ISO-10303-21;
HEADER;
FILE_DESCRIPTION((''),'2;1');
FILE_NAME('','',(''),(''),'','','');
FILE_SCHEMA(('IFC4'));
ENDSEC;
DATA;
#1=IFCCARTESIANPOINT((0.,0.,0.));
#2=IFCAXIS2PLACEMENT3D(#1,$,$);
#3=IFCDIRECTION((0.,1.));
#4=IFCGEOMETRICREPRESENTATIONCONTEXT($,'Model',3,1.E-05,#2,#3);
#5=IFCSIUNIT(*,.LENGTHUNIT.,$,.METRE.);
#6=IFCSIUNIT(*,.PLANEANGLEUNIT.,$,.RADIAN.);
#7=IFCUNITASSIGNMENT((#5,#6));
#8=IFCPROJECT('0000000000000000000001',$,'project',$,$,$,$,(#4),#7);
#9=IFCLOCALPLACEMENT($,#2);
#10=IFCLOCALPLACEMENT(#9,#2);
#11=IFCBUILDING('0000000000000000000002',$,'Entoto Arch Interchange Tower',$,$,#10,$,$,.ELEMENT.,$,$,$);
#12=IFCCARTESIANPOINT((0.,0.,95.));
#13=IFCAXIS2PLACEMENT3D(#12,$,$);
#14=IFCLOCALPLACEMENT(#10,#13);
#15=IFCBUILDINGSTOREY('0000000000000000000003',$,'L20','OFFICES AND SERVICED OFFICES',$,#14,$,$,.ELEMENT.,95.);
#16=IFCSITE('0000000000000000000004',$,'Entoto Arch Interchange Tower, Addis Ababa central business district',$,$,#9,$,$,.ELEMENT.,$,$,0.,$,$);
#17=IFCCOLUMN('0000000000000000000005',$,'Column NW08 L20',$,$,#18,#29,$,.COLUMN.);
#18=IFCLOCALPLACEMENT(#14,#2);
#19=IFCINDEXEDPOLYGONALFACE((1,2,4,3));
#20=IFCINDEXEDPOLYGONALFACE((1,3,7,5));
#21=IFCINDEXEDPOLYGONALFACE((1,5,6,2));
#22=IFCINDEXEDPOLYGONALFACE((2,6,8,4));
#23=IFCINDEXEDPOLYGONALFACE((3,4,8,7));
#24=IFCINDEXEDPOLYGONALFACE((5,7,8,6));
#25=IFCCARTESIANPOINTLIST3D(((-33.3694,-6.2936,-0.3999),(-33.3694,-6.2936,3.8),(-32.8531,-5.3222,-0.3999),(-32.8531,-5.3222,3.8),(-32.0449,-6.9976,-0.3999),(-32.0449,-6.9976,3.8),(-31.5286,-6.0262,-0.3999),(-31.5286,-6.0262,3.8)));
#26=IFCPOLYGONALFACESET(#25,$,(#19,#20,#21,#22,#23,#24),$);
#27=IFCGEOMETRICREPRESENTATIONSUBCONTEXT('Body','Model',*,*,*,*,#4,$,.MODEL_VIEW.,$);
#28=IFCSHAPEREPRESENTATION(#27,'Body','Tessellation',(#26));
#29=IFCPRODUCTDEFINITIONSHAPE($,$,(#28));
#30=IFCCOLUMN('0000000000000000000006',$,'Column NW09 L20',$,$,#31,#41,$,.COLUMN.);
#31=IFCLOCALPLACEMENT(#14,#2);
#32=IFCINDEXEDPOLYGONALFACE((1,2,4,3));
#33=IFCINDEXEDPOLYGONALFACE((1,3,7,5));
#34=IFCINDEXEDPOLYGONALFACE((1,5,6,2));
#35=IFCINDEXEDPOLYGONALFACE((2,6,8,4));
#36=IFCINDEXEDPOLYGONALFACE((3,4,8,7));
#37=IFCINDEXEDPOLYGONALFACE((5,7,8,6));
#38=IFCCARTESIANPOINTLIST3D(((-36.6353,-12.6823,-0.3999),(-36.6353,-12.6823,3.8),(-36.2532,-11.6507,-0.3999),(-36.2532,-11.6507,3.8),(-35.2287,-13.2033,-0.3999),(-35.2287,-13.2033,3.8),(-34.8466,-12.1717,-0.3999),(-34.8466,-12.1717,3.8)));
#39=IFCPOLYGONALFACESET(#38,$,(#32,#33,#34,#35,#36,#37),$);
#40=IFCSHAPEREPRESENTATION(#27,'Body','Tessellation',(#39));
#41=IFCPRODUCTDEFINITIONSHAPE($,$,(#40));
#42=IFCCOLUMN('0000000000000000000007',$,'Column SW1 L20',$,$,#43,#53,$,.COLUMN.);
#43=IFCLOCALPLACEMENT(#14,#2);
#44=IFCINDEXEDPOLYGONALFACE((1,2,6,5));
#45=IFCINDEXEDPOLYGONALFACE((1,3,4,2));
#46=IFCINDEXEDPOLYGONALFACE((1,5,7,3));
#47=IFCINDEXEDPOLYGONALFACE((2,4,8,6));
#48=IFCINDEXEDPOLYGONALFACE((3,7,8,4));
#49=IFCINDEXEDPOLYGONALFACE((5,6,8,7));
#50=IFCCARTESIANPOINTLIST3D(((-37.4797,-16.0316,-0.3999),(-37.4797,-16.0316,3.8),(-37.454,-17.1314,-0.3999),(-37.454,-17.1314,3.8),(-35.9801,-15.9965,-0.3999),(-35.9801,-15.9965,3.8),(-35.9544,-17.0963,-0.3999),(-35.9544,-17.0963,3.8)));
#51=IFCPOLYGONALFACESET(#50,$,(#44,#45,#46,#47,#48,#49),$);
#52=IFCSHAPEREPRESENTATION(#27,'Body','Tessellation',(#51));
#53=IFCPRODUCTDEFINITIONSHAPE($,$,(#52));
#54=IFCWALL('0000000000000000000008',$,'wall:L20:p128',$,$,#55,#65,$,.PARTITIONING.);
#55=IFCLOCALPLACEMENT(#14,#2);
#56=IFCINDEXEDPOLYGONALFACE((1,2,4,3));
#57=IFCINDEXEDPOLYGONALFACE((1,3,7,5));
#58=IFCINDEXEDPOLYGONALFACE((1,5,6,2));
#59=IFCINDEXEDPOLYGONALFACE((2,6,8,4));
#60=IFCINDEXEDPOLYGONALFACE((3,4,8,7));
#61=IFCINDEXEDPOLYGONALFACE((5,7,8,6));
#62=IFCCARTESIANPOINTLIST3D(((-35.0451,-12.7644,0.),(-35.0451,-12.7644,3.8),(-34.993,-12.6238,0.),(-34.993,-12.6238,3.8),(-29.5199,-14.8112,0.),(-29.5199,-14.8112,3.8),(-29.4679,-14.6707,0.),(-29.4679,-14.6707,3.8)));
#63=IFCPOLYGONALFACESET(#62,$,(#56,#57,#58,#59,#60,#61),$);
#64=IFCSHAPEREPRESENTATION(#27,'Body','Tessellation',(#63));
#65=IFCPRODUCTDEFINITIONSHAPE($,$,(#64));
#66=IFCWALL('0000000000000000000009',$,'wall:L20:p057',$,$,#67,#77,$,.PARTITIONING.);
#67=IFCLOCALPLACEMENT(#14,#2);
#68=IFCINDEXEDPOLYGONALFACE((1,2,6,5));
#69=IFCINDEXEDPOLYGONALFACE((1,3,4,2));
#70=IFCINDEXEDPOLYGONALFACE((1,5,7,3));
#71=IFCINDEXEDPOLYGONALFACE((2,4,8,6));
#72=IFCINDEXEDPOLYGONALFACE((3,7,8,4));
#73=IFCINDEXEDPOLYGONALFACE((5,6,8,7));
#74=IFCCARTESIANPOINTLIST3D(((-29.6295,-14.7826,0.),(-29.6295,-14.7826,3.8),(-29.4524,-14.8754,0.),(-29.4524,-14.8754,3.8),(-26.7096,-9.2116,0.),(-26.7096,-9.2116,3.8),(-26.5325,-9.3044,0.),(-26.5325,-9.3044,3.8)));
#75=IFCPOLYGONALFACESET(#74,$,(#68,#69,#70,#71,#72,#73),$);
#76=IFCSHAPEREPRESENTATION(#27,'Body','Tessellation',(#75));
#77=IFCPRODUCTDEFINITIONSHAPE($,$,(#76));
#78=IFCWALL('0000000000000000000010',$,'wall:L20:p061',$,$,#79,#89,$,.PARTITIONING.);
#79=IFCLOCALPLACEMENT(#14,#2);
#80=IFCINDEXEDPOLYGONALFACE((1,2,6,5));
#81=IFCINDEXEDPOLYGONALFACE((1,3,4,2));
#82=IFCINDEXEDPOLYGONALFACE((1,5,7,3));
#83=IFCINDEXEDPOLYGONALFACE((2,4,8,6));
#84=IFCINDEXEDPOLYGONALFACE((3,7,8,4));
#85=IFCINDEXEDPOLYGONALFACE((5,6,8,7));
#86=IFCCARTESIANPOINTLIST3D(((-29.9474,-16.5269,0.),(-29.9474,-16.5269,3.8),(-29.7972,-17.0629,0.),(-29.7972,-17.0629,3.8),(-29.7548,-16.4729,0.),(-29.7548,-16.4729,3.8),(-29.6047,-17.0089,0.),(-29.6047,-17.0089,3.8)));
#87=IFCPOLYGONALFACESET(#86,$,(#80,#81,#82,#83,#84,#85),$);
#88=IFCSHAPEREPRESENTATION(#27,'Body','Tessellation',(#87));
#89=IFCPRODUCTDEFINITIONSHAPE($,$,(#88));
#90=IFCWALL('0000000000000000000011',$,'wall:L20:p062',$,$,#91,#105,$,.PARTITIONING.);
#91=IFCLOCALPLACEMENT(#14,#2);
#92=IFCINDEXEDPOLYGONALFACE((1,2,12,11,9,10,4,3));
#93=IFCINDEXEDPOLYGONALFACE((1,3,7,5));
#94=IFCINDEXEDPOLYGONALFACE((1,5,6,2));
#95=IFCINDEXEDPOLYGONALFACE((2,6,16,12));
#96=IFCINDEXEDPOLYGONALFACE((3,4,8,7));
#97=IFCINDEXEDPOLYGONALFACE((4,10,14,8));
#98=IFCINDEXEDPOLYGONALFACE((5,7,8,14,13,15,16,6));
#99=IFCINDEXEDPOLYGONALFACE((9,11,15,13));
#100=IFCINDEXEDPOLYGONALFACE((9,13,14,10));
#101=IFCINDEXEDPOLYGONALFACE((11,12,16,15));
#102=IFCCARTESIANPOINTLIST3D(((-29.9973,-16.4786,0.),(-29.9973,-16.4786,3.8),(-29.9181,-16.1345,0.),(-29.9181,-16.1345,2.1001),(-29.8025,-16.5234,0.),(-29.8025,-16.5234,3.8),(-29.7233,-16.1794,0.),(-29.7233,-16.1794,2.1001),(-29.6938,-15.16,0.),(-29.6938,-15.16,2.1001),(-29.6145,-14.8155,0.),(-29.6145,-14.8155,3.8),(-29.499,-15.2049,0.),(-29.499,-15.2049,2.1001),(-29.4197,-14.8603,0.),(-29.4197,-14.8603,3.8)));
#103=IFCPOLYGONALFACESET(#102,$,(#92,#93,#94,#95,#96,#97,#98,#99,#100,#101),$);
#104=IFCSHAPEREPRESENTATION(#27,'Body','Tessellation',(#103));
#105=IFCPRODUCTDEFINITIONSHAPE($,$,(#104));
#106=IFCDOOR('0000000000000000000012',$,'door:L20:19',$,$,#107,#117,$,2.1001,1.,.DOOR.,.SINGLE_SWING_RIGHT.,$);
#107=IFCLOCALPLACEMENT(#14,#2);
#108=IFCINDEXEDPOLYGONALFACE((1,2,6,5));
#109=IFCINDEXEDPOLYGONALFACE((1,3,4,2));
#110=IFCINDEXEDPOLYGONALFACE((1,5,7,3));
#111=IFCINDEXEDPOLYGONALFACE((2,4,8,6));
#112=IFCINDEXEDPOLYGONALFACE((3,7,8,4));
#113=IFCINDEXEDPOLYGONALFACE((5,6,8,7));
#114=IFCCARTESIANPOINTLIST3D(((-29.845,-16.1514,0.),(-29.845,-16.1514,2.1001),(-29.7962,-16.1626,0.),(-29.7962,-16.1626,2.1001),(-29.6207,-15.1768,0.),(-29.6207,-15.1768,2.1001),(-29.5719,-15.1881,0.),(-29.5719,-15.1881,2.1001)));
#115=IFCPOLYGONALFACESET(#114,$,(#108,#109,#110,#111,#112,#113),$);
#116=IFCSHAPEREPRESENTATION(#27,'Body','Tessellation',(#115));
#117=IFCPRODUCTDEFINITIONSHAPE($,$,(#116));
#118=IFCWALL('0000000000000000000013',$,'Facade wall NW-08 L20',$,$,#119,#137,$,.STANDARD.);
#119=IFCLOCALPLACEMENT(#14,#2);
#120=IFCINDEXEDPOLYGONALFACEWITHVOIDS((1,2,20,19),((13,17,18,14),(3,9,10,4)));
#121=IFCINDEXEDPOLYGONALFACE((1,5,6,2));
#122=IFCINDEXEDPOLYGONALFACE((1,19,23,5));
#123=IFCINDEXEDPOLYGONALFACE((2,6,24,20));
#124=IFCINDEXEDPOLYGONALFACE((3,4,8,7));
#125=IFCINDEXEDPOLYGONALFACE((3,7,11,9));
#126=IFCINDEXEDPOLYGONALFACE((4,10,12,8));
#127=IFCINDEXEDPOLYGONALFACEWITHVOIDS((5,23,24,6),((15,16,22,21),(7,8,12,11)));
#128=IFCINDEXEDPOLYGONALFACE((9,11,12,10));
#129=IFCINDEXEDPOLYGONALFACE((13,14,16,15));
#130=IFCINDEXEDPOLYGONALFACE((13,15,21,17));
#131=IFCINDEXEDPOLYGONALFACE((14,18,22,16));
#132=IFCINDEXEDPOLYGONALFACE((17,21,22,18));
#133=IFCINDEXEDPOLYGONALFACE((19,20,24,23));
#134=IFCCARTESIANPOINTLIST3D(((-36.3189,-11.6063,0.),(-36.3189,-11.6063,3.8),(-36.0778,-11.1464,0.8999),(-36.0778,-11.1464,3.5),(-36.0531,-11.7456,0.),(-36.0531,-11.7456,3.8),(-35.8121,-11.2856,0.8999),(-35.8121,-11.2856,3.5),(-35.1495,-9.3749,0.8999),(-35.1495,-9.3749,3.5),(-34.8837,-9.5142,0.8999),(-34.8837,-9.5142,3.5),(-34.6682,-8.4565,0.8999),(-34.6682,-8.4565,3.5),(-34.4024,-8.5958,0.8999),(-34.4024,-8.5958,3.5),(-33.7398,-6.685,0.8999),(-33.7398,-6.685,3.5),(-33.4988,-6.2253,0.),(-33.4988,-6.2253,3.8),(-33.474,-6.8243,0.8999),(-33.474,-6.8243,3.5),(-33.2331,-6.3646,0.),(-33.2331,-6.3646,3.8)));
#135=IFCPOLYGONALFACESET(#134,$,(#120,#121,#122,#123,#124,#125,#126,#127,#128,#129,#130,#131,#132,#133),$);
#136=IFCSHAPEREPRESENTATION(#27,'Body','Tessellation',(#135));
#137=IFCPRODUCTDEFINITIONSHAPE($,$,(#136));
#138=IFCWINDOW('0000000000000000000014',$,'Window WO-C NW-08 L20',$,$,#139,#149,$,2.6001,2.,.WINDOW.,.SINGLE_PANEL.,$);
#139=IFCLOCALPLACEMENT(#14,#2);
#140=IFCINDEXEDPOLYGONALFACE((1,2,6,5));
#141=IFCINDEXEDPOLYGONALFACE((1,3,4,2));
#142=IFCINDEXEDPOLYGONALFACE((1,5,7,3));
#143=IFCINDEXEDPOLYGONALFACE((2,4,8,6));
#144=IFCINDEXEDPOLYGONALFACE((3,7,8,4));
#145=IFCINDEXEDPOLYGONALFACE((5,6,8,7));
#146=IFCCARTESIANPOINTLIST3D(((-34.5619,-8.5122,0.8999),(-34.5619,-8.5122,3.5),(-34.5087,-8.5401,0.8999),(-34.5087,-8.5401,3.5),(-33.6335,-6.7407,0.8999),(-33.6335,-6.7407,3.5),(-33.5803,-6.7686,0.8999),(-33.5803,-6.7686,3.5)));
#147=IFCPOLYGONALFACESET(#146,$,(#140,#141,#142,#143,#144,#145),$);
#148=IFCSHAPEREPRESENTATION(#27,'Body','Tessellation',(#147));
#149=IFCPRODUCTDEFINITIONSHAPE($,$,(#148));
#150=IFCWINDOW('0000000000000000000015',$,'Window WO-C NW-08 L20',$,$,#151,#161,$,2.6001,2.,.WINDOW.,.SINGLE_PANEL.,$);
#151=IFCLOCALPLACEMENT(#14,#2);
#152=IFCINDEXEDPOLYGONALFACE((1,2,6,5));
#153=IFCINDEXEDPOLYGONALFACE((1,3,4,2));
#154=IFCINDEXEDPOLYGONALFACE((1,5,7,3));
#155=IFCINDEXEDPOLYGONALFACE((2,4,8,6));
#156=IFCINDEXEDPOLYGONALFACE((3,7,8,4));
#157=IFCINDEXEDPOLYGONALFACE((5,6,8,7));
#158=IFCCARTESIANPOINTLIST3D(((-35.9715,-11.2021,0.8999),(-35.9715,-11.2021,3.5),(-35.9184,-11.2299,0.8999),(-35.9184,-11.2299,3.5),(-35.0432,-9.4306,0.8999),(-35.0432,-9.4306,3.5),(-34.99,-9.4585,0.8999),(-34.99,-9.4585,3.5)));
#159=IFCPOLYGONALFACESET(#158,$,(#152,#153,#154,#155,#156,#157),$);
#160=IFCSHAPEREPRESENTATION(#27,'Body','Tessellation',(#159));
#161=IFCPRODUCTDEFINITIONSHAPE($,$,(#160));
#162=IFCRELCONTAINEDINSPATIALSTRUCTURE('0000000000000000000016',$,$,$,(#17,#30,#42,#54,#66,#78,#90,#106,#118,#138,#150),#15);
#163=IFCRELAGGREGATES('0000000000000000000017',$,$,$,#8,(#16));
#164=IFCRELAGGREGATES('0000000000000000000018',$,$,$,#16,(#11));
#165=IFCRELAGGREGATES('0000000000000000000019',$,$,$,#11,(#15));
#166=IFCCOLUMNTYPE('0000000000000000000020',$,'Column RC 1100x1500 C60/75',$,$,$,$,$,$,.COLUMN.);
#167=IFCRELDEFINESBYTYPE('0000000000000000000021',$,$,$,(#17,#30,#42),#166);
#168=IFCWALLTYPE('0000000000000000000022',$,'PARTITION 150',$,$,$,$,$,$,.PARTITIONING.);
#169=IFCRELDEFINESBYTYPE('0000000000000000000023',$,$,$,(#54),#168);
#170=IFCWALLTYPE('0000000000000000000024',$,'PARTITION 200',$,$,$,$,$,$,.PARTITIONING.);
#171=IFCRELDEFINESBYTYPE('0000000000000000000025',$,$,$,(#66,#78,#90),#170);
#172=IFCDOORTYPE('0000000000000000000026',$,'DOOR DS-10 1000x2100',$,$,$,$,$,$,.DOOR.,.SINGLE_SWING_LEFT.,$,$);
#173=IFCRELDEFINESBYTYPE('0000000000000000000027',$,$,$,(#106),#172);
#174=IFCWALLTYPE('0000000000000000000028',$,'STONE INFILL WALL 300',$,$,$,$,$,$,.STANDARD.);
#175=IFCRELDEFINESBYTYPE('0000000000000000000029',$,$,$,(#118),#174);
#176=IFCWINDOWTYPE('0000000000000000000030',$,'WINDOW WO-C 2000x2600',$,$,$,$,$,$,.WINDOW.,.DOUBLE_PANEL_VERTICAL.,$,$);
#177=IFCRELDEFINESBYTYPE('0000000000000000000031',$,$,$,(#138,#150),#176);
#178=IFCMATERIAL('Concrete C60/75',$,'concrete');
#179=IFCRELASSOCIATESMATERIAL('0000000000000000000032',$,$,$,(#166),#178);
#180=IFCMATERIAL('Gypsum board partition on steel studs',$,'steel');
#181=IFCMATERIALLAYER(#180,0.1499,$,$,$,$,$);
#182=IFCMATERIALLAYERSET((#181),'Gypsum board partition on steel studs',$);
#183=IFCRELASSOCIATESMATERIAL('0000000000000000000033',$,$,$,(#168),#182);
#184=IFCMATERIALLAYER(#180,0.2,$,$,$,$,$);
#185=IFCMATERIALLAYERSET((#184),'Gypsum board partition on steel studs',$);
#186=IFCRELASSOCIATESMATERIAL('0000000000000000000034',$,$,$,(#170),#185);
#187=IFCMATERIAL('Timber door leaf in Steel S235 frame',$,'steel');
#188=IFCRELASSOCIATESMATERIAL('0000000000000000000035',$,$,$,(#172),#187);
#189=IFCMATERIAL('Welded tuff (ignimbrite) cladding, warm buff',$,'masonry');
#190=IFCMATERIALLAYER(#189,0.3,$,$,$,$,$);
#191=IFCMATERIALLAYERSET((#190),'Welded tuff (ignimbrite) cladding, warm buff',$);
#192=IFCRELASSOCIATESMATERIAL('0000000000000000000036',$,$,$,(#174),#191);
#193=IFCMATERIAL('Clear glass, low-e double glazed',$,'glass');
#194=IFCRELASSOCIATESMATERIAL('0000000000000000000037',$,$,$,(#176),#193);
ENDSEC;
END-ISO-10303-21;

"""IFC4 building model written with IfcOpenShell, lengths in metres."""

from ifc_helpers import new_model, si_unit, direction, frame, frame_2d, origin, origin_2d, place, context, subcontext, project, spatial, rectangle, extrude, material, layer, layer_set, material_profile, profile_set, type_object, element, fill, save


model = new_model("IFC4")

# Units and contexts
model_context = context("Model", 3, precision=1e-05, world=origin(), true_north=direction((0.0, 1.0)))
body_context = subcontext(model_context, "Body", "Model", "MODEL_VIEW")
ifc_project = project(units=[si_unit("LENGTHUNIT", "METRE"), si_unit("PLANEANGLEUNIT", "RADIAN")], contexts=[model_context])

# Site, building, storey
site_placement = place(None, origin())
site = spatial("IfcSite", under=ifc_project, at=site_placement, Name="Entoto Arch Interchange Tower, Addis Ababa central business district", CompositionType="ELEMENT", RefElevation=0.0)
building_placement = place(site_placement, origin())
building = spatial("IfcBuilding", under=site, at=building_placement, Name="Entoto Arch Interchange Tower", CompositionType="ELEMENT")
storey_placement = place(building_placement, frame((0.0, 0.0, 95.0)))
storey = spatial("IfcBuildingStorey", under=building, at=storey_placement, Name="L20", Description="OFFICES AND SERVICED OFFICES", CompositionType="ELEMENT", Elevation=95.0)

# Columns
ifc_material_1 = material(Name="Concrete C60/75", Category="concrete")
ifc_material_profile = material_profile(ifc_material_1, rectangle(XDim=1.1001, YDim=1.5, at=origin_2d()))
ifc_profile_set = profile_set([ifc_material_profile], Name="Concrete C60/75")
column_type = type_object("IfcColumnType", Name="Column RC 1100x1500 C60/75", PredefinedType="COLUMN", material=ifc_profile_set)
for number, where, z_axis, x_axis, name in (
    (1, (-32.449, -6.1599, -0.3999), (0.0, 0.0, 1.0), (0.469333, 0.883021, 0.0), "Column NW08 L20"),
    (2, (-35.741, -12.427, -0.3999), (0.0, 0.0, 1.0), (0.347312, 0.93775, 0.0), "Column NW09 L20"),
    (3, (-36.717, -16.564, -0.3999), (0.0, 0.0, 1.0), (-0.023385, 0.999727, 0.0), "Column SW1 L20"),
):
    element("IfcColumn", number, at=place(storey_placement, frame(where, z_axis=z_axis, x_axis=x_axis)), inside=storey, type_object=column_type, Name=name, PredefinedType="COLUMN", context=body_context, shape_type="SweptSolid", body=[
        extrude(rectangle(XDim=1.1001, YDim=1.5, at=origin_2d()), origin(), (0.0, 0.0, 1.0), 4.2),
    ])

# Walls
ifc_material_2 = material(Name="Gypsum board partition on steel studs", Category="steel")
ifc_layer_1 = layer(ifc_material_2, 0.1499)
ifc_layer_set_1 = layer_set([ifc_layer_1], Name="Gypsum board partition on steel studs")
wall_type_1 = type_object("IfcWallType", Name="PARTITION 150", PredefinedType="PARTITIONING", material=ifc_layer_set_1)
wall_1_placement = place(storey_placement, frame((-29.4939, -14.741, 0.0), z_axis=(0.0, 0.0, 1.0), x_axis=(-0.93772, 0.347393, 0.0)))
element("IfcWall", 4, at=wall_1_placement, inside=storey, type_object=wall_type_1, Name="wall:L20:p128", PredefinedType="PARTITIONING", context=body_context, shape_type="SweptSolid", body=[
    extrude(rectangle(XDim=5.8921, YDim=0.1499, at=frame_2d((2.946, 0.0))), origin(), (0.0, 0.0, 1.0), 3.8),
])
ifc_layer_2 = layer(ifc_material_2, 0.2)
ifc_layer_set_2 = layer_set([ifc_layer_2], Name="Gypsum board partition on steel studs")
wall_type_2 = type_object("IfcWallType", Name="PARTITION 200", PredefinedType="PARTITIONING", material=ifc_layer_set_2)
wall_2_placement = place(storey_placement, frame((-29.541, -14.8291, 0.0), z_axis=(0.0, 0.0, 1.0), x_axis=(0.464226, 0.885717, 0.0)))
element("IfcWall", 5, at=wall_2_placement, inside=storey, type_object=wall_type_2, Name="wall:L20:p057", PredefinedType="PARTITIONING", context=body_context, shape_type="SweptSolid", body=[
    extrude(rectangle(XDim=6.2898, YDim=0.2, at=frame_2d((3.145, 0.0))), origin(), (0.0, 0.0, 1.0), 3.8),
])
wall_3_placement = place(storey_placement, frame((-29.7009, -17.0359, 0.0), z_axis=(0.0, 0.0, 1.0), x_axis=(-0.269793, 0.962918, 0.0)))
element("IfcWall", 6, at=wall_3_placement, inside=storey, type_object=wall_type_2, Name="wall:L20:p061", PredefinedType="PARTITIONING", context=body_context, shape_type="SweptSolid", body=[
    extrude(rectangle(XDim=0.5566, YDim=0.2, at=frame_2d((0.2783, 0.0))), origin(), (0.0, 0.0, 1.0), 3.8),
])

# Wall, opening, door
wall_4_placement = place(storey_placement, frame((-29.8999, -16.501, 0.0), z_axis=(0.0, 0.0, 1.0), x_axis=(0.224316, 0.974516, 0.0)))
wall_4 = element("IfcWall", 7, at=wall_4_placement, inside=storey, type_object=wall_type_2, Name="wall:L20:p062", PredefinedType="PARTITIONING", context=body_context, shape_type="SweptSolid", body=[
    extrude(rectangle(XDim=1.7065, YDim=0.2, at=frame_2d((0.8533, 0.0))), origin(), (0.0, 0.0, 1.0), 3.8),
])
opening_1_placement = place(wall_4_placement, frame((0.353, 0.0, 0.0)))
opening_1 = element("IfcOpeningElement", 8, at=opening_1_placement, cuts=wall_4, PredefinedType="OPENING", context=body_context, shape_type="SweptSolid", body=[
    extrude(rectangle(XDim=1.0, YDim=2.1001, at=frame_2d((0.5, 1.05))), frame((0.0, 0.1099, 0.0), z_axis=(0.0, -1.0, 0.0), x_axis=(1.0, 0.0, 0.0)), (0.0, 0.0, 1.0), 0.22),
])
ifc_material_3 = material(Name="Timber door leaf in Steel S235 frame", Category="steel")
door_type = type_object("IfcDoorType", Name="DOOR DS-10 1000x2100", OperationType="SINGLE_SWING_LEFT", PredefinedType="DOOR", material=ifc_material_3)
door_placement = place(opening_1_placement, origin())
door = element("IfcDoor", 9, at=door_placement, inside=storey, type_object=door_type, Name="door:L20:19", OperationType="SINGLE_SWING_RIGHT", OverallHeight=2.1001, OverallWidth=1.0, PredefinedType="DOOR", context=body_context, shape_type="SweptSolid", body=[
    extrude(rectangle(XDim=1.0, YDim=2.1001, at=frame_2d((0.5, 1.05))), frame((0.0, 0.0249, 0.0), z_axis=(0.0, -1.0, 0.0), x_axis=(1.0, 0.0, 0.0)), (0.0, 0.0, 1.0), 0.05),
])
fill(opening_1, door)

# Wall, openings, windows
ifc_material_4 = material(Name="Welded tuff (ignimbrite) cladding, warm buff", Category="masonry")
ifc_layer_3 = layer(ifc_material_4, 0.3)
ifc_layer_set_3 = layer_set([ifc_layer_3], Name="Welded tuff (ignimbrite) cladding, warm buff")
wall_type_3 = type_object("IfcWallType", Name="STONE INFILL WALL 300", PredefinedType="STANDARD", material=ifc_layer_set_3)
wall_5_placement = place(storey_placement, frame((-33.366, -6.2949, 0.0), z_axis=(0.0, 0.0, 1.0), x_axis=(-0.464187, -0.885737, 0.0)))
wall_5 = element("IfcWall", 10, at=wall_5_placement, inside=storey, type_object=wall_type_3, Name="Facade wall NW-08 L20", PredefinedType="STANDARD", context=body_context, shape_type="SweptSolid", body=[
    extrude(rectangle(XDim=6.0752, YDim=0.3, at=frame_2d((3.0376, 0.0))), origin(), (0.0, 0.0, 1.0), 3.8),
])
opening_2_placement = place(wall_5_placement, frame((0.519, 0.0, 0.8999)))
opening_2 = element("IfcOpeningElement", 11, at=opening_2_placement, cuts=wall_5, PredefinedType="OPENING", context=body_context, shape_type="SweptSolid", body=[
    extrude(rectangle(XDim=2.0, YDim=2.6001, at=frame_2d((1.0, 1.3))), frame((0.0, 0.1602, 0.0), z_axis=(0.0, -1.0, 0.0), x_axis=(1.0, 0.0, 0.0)), (0.0, 0.0, 1.0), 0.3201),
])
opening_3_placement = place(wall_5_placement, frame((3.5559, 0.0, 0.8999)))
opening_3 = element("IfcOpeningElement", 12, at=opening_3_placement, cuts=wall_5, PredefinedType="OPENING", context=body_context, shape_type="SweptSolid", body=[
    extrude(rectangle(XDim=2.0, YDim=2.6001, at=frame_2d((1.0, 1.3))), frame((0.0, 0.1602, 0.0), z_axis=(0.0, -1.0, 0.0), x_axis=(1.0, 0.0, 0.0)), (0.0, 0.0, 1.0), 0.3201),
])
ifc_material_5 = material(Name="Clear glass, low-e double glazed", Category="glass")
window_type_1 = type_object("IfcWindowType", Name="WINDOW WO-C 2000x2600", PartitioningType="DOUBLE_PANEL_VERTICAL", PredefinedType="WINDOW", material=ifc_material_5)
window_1_placement = place(opening_2_placement, origin())
window_1 = element("IfcWindow", 13, at=window_1_placement, inside=storey, type_object=window_type_1, Name="Window WO-C NW-08 L20", OverallHeight=2.6001, OverallWidth=2.0, PartitioningType="SINGLE_PANEL", PredefinedType="WINDOW", context=body_context, shape_type="SweptSolid", body=[
    extrude(rectangle(XDim=2.0, YDim=2.6001, at=frame_2d((1.0, 1.3))), frame((0.0, 0.03, 0.0), z_axis=(0.0, -1.0, 0.0), x_axis=(1.0, 0.0, 0.0)), (0.0, 0.0, 1.0), 0.0601),
])
fill(opening_2, window_1)
window_2_placement = place(opening_3_placement, origin())
window_2 = element("IfcWindow", 14, at=window_2_placement, inside=storey, type_object=window_type_1, Name="Window WO-C NW-08 L20", OverallHeight=2.6001, OverallWidth=2.0, PartitioningType="SINGLE_PANEL", PredefinedType="WINDOW", context=body_context, shape_type="SweptSolid", body=[
    extrude(rectangle(XDim=2.0, YDim=2.6001, at=frame_2d((1.0, 1.3))), frame((0.0, 0.03, 0.0), z_axis=(0.0, -1.0, 0.0), x_axis=(1.0, 0.0, 0.0)), (0.0, 0.0, 1.0), 0.0601),
])
fill(opening_3, window_2)

save(model, "model.ifc")
